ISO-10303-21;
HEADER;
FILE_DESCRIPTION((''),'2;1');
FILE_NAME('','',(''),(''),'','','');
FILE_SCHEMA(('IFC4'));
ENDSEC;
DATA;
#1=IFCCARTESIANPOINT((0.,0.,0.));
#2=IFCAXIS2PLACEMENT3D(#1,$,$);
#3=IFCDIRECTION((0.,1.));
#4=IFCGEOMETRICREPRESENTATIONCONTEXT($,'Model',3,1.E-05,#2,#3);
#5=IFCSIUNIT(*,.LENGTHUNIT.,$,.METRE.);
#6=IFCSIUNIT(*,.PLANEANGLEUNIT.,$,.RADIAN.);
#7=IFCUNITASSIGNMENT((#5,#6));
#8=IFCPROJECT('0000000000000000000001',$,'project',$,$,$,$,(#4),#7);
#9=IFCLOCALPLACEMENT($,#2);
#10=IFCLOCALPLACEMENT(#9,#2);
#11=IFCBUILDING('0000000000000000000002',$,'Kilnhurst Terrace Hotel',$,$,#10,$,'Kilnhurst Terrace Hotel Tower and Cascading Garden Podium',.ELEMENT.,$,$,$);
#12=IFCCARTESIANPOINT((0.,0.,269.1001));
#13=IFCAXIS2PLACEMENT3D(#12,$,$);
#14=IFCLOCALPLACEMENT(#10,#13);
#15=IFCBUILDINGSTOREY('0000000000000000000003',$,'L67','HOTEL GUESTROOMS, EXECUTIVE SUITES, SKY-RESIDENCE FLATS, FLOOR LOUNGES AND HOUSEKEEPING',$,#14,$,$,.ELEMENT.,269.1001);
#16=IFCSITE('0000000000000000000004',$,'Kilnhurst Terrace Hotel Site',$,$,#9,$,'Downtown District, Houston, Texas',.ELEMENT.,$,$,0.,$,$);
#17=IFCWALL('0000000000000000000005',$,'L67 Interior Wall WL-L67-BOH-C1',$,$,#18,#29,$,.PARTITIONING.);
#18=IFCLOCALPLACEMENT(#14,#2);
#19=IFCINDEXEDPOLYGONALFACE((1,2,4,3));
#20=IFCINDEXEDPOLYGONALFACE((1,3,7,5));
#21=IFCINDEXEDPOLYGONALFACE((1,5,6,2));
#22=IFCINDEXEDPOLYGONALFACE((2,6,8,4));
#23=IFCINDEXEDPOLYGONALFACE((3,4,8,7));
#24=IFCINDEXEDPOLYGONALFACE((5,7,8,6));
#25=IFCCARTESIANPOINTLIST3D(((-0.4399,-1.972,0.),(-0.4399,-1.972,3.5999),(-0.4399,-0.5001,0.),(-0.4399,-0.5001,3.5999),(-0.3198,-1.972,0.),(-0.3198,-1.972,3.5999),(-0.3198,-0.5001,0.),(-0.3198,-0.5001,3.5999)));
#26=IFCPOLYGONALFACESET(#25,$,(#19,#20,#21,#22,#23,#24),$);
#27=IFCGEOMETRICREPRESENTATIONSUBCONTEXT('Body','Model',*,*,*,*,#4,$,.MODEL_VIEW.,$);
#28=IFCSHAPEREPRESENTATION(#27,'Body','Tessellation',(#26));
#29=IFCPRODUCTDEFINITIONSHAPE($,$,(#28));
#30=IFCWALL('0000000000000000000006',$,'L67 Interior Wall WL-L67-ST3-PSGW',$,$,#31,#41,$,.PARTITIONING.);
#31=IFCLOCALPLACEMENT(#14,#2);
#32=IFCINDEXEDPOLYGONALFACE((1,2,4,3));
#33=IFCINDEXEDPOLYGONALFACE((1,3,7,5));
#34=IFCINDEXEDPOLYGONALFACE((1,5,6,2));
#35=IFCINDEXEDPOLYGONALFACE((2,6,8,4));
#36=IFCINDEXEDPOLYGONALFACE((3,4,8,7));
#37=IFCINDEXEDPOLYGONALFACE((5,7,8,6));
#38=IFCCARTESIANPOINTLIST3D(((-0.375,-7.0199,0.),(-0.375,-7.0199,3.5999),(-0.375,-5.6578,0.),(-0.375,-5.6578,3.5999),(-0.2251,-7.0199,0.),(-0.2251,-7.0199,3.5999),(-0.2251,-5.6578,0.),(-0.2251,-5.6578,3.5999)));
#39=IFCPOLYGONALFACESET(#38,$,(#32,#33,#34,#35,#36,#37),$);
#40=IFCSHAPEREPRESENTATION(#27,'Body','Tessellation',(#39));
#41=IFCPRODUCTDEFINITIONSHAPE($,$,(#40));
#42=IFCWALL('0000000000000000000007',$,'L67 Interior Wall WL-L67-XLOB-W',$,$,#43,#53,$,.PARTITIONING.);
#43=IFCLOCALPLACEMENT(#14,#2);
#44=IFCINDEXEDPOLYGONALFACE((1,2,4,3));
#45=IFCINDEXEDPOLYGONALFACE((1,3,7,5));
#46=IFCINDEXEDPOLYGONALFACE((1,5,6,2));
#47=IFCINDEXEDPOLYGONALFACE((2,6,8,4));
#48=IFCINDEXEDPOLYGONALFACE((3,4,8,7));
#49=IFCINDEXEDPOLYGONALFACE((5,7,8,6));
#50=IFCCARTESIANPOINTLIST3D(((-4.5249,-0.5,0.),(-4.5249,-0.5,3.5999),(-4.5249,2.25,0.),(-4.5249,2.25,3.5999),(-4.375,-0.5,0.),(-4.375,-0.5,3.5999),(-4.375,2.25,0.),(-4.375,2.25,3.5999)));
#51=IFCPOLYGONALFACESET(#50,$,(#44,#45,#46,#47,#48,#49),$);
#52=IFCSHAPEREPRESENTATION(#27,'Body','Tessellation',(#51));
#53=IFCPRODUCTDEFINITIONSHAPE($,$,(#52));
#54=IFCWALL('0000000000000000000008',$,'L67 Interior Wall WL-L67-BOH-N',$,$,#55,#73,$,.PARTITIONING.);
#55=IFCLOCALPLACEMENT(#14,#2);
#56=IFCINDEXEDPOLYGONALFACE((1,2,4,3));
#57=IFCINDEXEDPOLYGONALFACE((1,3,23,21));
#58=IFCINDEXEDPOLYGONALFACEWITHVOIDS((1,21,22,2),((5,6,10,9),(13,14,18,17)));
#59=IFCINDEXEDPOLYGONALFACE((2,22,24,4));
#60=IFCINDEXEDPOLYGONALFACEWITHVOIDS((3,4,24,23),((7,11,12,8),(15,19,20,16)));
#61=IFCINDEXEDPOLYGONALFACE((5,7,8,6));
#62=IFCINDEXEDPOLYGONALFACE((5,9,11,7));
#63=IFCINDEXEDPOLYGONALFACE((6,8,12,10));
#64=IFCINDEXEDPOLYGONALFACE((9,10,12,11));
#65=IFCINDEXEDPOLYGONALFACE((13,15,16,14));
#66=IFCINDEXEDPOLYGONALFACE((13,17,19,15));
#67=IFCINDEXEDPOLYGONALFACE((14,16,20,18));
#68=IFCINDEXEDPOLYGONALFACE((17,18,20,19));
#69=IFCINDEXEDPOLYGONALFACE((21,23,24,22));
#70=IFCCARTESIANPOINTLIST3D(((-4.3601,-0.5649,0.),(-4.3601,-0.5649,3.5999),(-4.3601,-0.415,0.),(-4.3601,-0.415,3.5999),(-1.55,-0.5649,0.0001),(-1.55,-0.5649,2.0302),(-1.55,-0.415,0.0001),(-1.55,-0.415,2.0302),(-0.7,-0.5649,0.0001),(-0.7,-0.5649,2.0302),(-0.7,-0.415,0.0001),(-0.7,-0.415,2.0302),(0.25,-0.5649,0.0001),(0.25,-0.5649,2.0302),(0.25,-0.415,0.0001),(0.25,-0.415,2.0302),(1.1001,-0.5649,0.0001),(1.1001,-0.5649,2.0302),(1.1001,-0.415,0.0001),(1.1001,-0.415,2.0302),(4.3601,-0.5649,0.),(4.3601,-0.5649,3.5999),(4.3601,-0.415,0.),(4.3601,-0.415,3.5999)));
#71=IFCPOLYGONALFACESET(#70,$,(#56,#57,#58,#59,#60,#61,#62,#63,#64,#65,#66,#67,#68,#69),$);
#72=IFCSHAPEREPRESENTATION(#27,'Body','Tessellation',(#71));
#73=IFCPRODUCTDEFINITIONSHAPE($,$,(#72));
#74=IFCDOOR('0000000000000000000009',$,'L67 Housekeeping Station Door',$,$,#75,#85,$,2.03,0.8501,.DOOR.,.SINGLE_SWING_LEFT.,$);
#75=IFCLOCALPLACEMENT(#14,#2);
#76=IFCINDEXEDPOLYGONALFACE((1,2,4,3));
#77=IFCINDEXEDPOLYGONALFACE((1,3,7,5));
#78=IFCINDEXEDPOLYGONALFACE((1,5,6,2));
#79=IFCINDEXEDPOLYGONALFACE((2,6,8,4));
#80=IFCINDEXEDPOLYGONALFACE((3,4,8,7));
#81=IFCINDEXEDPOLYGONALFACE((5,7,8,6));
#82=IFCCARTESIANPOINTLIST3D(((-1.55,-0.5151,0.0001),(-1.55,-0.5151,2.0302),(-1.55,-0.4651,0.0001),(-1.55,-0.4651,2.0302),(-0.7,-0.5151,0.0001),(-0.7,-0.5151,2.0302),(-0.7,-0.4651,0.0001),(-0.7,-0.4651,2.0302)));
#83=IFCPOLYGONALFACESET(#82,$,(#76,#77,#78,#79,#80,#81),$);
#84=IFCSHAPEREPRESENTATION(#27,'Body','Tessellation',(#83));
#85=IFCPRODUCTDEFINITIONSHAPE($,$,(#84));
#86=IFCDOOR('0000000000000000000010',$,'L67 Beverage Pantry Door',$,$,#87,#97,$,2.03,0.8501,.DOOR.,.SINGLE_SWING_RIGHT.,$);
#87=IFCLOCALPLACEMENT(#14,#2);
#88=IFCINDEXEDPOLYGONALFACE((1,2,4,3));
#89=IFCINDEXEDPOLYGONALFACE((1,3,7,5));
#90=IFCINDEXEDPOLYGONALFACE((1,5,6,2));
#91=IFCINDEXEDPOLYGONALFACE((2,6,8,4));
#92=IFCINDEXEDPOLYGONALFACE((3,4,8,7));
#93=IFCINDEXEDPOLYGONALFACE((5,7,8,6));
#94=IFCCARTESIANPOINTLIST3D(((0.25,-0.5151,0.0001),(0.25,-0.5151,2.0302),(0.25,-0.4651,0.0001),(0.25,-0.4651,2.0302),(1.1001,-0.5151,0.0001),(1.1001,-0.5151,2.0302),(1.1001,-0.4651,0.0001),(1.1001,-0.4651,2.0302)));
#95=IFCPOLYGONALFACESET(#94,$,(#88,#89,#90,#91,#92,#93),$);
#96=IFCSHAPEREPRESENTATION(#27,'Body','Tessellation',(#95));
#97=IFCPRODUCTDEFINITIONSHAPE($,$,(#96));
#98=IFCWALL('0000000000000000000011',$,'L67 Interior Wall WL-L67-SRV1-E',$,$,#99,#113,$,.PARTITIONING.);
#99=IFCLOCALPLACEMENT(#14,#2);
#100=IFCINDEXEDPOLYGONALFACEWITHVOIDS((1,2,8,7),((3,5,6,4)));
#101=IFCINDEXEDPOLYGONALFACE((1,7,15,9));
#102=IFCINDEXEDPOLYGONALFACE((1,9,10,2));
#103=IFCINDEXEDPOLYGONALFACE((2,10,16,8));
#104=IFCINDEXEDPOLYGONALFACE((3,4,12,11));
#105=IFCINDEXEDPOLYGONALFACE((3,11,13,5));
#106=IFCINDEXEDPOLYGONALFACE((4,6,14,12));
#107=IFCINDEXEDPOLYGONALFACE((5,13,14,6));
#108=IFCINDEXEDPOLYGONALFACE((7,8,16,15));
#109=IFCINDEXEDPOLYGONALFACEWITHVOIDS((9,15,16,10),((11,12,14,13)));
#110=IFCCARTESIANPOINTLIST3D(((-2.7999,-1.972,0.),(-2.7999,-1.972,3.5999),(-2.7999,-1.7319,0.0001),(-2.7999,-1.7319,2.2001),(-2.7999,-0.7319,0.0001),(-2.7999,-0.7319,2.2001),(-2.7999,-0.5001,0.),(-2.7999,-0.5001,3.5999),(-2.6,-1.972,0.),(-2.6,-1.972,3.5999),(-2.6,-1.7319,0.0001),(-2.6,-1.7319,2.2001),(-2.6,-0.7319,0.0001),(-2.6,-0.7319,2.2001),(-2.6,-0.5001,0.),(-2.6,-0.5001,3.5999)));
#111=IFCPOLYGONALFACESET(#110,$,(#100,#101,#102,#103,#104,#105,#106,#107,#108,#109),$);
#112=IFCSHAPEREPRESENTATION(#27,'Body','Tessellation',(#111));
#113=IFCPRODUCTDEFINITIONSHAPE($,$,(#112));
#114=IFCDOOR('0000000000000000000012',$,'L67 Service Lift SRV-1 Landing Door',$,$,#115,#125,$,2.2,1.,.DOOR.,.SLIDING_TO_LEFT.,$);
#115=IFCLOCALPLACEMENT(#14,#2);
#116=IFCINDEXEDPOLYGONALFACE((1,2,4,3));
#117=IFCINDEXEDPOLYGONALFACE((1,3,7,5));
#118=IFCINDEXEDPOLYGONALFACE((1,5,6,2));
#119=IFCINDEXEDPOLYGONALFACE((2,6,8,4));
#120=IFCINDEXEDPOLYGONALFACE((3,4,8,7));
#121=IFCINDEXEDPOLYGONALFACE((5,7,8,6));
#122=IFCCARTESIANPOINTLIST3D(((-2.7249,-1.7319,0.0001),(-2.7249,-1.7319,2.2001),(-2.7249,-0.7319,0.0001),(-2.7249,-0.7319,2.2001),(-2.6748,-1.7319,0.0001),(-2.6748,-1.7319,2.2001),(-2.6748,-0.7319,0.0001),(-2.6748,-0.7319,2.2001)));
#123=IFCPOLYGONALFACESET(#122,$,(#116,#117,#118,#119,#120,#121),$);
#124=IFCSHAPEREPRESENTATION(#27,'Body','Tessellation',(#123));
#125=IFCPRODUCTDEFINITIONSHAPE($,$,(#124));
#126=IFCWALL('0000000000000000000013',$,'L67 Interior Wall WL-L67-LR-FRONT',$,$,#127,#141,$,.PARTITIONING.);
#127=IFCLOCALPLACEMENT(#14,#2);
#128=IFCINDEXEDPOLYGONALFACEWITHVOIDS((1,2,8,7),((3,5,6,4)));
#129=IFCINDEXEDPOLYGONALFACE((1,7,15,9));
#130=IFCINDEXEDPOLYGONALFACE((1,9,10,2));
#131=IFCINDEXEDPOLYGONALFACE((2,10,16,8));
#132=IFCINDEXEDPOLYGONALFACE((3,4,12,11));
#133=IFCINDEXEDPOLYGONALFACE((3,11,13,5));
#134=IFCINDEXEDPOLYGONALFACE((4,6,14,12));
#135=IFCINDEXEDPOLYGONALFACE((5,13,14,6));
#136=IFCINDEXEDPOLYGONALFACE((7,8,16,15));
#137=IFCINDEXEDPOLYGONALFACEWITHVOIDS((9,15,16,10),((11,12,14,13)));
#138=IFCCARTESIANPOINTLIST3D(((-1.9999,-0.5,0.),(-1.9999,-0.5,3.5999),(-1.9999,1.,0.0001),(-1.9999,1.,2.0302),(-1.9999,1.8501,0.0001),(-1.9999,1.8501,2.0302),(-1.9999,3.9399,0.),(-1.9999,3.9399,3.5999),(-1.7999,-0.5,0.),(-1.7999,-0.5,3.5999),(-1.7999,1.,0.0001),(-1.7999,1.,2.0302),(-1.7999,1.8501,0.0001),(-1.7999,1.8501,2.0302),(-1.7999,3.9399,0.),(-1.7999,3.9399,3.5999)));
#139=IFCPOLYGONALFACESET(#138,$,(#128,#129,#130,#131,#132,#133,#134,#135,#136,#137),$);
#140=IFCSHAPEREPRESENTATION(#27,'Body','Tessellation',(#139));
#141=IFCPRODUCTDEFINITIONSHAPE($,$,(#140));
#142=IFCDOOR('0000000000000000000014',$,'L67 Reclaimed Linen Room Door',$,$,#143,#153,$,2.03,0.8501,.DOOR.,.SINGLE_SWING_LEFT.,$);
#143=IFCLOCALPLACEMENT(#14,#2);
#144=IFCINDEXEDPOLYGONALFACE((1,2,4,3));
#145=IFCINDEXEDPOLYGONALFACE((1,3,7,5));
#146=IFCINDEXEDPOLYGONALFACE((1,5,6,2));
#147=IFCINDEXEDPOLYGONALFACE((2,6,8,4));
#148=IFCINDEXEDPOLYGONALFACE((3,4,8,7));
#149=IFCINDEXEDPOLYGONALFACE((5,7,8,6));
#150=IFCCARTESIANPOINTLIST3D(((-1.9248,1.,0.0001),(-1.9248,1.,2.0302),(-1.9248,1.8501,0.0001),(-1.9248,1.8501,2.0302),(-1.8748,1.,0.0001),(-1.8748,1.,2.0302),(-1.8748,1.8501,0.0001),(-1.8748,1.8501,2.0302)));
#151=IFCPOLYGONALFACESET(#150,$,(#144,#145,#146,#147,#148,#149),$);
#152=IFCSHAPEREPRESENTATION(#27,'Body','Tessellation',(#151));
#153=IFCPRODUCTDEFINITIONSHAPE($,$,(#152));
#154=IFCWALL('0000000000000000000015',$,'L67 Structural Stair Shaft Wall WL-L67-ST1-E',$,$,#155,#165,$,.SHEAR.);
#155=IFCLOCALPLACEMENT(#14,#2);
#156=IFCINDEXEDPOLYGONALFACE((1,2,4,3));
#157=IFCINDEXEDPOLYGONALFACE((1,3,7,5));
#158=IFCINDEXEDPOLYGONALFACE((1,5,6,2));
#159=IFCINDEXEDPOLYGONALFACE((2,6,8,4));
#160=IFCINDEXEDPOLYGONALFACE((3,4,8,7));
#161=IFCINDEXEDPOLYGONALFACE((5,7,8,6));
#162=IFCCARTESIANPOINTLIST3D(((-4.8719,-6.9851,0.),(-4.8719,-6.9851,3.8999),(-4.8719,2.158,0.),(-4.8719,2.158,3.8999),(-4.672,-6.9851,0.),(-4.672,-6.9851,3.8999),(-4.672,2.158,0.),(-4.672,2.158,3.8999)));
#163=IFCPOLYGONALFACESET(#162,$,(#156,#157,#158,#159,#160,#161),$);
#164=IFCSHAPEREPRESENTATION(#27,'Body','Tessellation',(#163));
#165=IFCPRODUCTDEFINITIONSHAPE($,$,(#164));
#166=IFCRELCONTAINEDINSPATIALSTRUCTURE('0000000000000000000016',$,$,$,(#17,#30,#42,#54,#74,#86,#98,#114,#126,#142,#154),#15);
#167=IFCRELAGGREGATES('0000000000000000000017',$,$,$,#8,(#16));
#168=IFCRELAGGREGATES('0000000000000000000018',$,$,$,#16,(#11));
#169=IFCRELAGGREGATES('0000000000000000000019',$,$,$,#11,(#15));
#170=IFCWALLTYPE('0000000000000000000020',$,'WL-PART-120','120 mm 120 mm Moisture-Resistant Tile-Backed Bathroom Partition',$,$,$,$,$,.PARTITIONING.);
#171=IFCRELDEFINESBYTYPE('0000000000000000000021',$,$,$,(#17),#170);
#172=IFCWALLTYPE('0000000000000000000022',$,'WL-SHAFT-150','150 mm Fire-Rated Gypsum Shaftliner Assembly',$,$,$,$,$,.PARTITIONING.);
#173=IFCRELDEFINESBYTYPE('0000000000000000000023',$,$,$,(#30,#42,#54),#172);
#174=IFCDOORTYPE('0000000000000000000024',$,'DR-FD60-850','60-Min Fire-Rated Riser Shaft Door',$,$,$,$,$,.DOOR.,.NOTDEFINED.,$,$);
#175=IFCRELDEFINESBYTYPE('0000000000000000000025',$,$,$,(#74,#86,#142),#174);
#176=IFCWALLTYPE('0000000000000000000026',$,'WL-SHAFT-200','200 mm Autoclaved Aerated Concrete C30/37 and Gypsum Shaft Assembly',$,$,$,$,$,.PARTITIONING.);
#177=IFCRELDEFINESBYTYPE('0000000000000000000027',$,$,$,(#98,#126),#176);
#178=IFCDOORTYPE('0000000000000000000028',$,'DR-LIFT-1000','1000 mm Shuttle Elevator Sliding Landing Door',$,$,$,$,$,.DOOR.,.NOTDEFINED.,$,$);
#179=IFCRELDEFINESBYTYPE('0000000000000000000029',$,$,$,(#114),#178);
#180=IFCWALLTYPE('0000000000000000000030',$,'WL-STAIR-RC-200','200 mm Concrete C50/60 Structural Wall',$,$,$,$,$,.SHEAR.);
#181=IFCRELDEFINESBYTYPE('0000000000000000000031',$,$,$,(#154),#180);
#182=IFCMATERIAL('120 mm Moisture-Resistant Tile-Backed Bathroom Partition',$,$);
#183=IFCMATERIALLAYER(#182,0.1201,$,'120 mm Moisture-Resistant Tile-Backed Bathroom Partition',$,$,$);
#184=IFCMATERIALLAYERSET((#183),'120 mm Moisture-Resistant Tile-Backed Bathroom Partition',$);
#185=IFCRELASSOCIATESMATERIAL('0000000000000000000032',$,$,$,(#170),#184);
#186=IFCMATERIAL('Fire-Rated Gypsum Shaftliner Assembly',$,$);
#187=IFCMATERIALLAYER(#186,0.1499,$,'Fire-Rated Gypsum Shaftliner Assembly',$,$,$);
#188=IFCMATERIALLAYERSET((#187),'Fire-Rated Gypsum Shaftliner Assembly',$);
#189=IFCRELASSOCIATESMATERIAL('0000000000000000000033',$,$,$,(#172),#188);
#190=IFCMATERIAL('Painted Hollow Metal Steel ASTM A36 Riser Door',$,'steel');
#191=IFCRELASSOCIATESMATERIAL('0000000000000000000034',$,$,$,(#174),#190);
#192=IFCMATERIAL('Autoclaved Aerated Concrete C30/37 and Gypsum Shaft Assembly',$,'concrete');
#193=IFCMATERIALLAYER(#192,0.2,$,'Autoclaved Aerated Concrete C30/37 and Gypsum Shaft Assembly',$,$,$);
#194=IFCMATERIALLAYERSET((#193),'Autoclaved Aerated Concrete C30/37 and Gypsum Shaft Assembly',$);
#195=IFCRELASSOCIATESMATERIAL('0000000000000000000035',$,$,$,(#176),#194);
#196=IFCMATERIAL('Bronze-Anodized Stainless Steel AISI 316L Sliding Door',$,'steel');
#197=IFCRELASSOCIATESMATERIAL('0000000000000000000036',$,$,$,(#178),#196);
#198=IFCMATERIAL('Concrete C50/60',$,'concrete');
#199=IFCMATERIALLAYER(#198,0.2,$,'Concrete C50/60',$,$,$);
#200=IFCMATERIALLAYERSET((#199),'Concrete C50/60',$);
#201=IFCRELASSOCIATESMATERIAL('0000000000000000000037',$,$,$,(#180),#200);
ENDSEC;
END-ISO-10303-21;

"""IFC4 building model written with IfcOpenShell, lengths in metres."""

from ifc_helpers import new_model, si_unit, direction, frame, frame_2d, origin, place, context, subcontext, project, spatial, rectangle, extrude, material, layer, layer_set, type_object, element, fill, save


model = new_model("IFC4")

# Units and contexts
model_context = context("Model", 3, precision=1e-05, world=origin(), true_north=direction((0.0, 1.0)))
body_context = subcontext(model_context, "Body", "Model", "MODEL_VIEW")
ifc_project = project(units=[si_unit("LENGTHUNIT", "METRE"), si_unit("PLANEANGLEUNIT", "RADIAN")], contexts=[model_context])

# Site, building, storey
site_placement = place(None, origin())
site = spatial("IfcSite", under=ifc_project, at=site_placement, Name="Kilnhurst Terrace Hotel Site", LongName="Downtown District, Houston, Texas", CompositionType="ELEMENT", RefElevation=0.0)
building_placement = place(site_placement, origin())
building = spatial("IfcBuilding", under=site, at=building_placement, Name="Kilnhurst Terrace Hotel", LongName="Kilnhurst Terrace Hotel Tower and Cascading Garden Podium", CompositionType="ELEMENT")
storey_placement = place(building_placement, frame((0.0, 0.0, 269.1001)))
storey = spatial("IfcBuildingStorey", under=building, at=storey_placement, Name="L67", Description="HOTEL GUESTROOMS, EXECUTIVE SUITES, SKY-RESIDENCE FLATS, FLOOR LOUNGES AND HOUSEKEEPING", CompositionType="ELEMENT", Elevation=269.1001)

# Walls
ifc_material_1 = material(Name="120 mm Moisture-Resistant Tile-Backed Bathroom Partition")
ifc_layer_1 = layer(ifc_material_1, 0.1201, Name="120 mm Moisture-Resistant Tile-Backed Bathroom Partition")
ifc_layer_set_1 = layer_set([ifc_layer_1], Name="120 mm Moisture-Resistant Tile-Backed Bathroom Partition")
wall_type_1 = type_object("IfcWallType", Name="WL-PART-120", Description="120 mm 120 mm Moisture-Resistant Tile-Backed Bathroom Partition", PredefinedType="PARTITIONING", material=ifc_layer_set_1)
wall_1_placement = place(storey_placement, frame((-0.3799, -1.9719, 0.0), z_axis=(0.0, 0.0, 1.0), x_axis=(0.0, 1.0, 0.0)))
element("IfcWall", 1, at=wall_1_placement, inside=storey, type_object=wall_type_1, Name="L67 Interior Wall WL-L67-BOH-C1", PredefinedType="PARTITIONING", context=body_context, shape_type="SweptSolid", body=[
    extrude(rectangle(XDim=1.4719, YDim=0.1201, at=frame_2d((0.7358, 0.0))), origin(), (0.0, 0.0, 1.0), 3.5999),
])
ifc_material_2 = material(Name="Fire-Rated Gypsum Shaftliner Assembly")
ifc_layer_2 = layer(ifc_material_2, 0.1499, Name="Fire-Rated Gypsum Shaftliner Assembly")
ifc_layer_set_2 = layer_set([ifc_layer_2], Name="Fire-Rated Gypsum Shaftliner Assembly")
wall_type_2 = type_object("IfcWallType", Name="WL-SHAFT-150", Description="150 mm Fire-Rated Gypsum Shaftliner Assembly", PredefinedType="PARTITIONING", material=ifc_layer_set_2)
wall_2_placement = place(storey_placement, frame((-0.3, -7.02, 0.0), z_axis=(0.0, 0.0, 1.0), x_axis=(0.0, 1.0, 0.0)))
element("IfcWall", 2, at=wall_2_placement, inside=storey, type_object=wall_type_2, Name="L67 Interior Wall WL-L67-ST3-PSGW", PredefinedType="PARTITIONING", context=body_context, shape_type="SweptSolid", body=[
    extrude(rectangle(XDim=1.3621, YDim=0.1499, at=frame_2d((0.6812, 0.0))), origin(), (0.0, 0.0, 1.0), 3.5999),
])
wall_3_placement = place(storey_placement, frame((-4.45, -0.5, 0.0), z_axis=(0.0, 0.0, 1.0), x_axis=(0.0, 1.0, 0.0)))
element("IfcWall", 3, at=wall_3_placement, inside=storey, type_object=wall_type_2, Name="L67 Interior Wall WL-L67-XLOB-W", PredefinedType="PARTITIONING", context=body_context, shape_type="SweptSolid", body=[
    extrude(rectangle(XDim=2.75, YDim=0.1499, at=frame_2d((1.375, 0.0))), origin(), (0.0, 0.0, 1.0), 3.5999),
])

# Wall, openings, doors
wall_4_placement = place(storey_placement, frame((-4.3601, -0.49, 0.0), z_axis=(0.0, 0.0, 1.0), x_axis=(1.0, 0.0, 0.0)))
wall_4 = element("IfcWall", 4, at=wall_4_placement, inside=storey, type_object=wall_type_2, Name="L67 Interior Wall WL-L67-BOH-N", PredefinedType="PARTITIONING", context=body_context, shape_type="SweptSolid", body=[
    extrude(rectangle(XDim=8.7202, YDim=0.1499, at=frame_2d((4.3601, 0.0))), origin(), (0.0, 0.0, 1.0), 3.5999),
])
opening_1_placement = place(wall_4_placement, frame((2.8101, 0.0, 0.0)))
opening_1 = element("IfcOpeningElement", 5, at=opening_1_placement, cuts=wall_4, PredefinedType="OPENING", context=body_context, shape_type="SweptSolid", body=[
    extrude(rectangle(XDim=0.8501, YDim=2.03, at=frame_2d((0.425, 1.0151))), frame((0.0, 0.085, 0.0), z_axis=(0.0, -1.0, 0.0), x_axis=(1.0, 0.0, 0.0)), (0.0, 0.0, 1.0), 0.1699),
])
opening_2_placement = place(wall_4_placement, frame((4.6101, 0.0, 0.0)))
opening_2 = element("IfcOpeningElement", 6, at=opening_2_placement, cuts=wall_4, PredefinedType="OPENING", context=body_context, shape_type="SweptSolid", body=[
    extrude(rectangle(XDim=0.8501, YDim=2.03, at=frame_2d((0.425, 1.0151))), frame((0.0, 0.085, 0.0), z_axis=(0.0, -1.0, 0.0), x_axis=(1.0, 0.0, 0.0)), (0.0, 0.0, 1.0), 0.1699),
])
ifc_material_3 = material(Name="Painted Hollow Metal Steel ASTM A36 Riser Door", Category="steel")
door_type_1 = type_object("IfcDoorType", Name="DR-FD60-850", Description="60-Min Fire-Rated Riser Shaft Door", OperationType="NOTDEFINED", PredefinedType="DOOR", material=ifc_material_3)
door_1_placement = place(opening_1_placement, origin())
door_1 = element("IfcDoor", 7, at=door_1_placement, inside=storey, type_object=door_type_1, Name="L67 Housekeeping Station Door", OperationType="SINGLE_SWING_LEFT", OverallHeight=2.03, OverallWidth=0.8501, PredefinedType="DOOR", context=body_context, shape_type="SweptSolid", body=[
    extrude(rectangle(XDim=0.8501, YDim=2.03, at=frame_2d((0.425, 1.0151))), frame((0.0, 0.0249, 0.0), z_axis=(0.0, -1.0, 0.0), x_axis=(1.0, 0.0, 0.0)), (0.0, 0.0, 1.0), 0.05),
])
fill(opening_1, door_1)
door_2_placement = place(opening_2_placement, origin())
door_2 = element("IfcDoor", 8, at=door_2_placement, inside=storey, type_object=door_type_1, Name="L67 Beverage Pantry Door", OperationType="SINGLE_SWING_RIGHT", OverallHeight=2.03, OverallWidth=0.8501, PredefinedType="DOOR", context=body_context, shape_type="SweptSolid", body=[
    extrude(rectangle(XDim=0.8501, YDim=2.03, at=frame_2d((0.425, 1.0151))), frame((0.0, 0.0249, 0.0), z_axis=(0.0, -1.0, 0.0), x_axis=(1.0, 0.0, 0.0)), (0.0, 0.0, 1.0), 0.05),
])
fill(opening_2, door_2)

# Walls, openings, doors
ifc_material_4 = material(Name="Autoclaved Aerated Concrete C30/37 and Gypsum Shaft Assembly", Category="concrete")
ifc_layer_3 = layer(ifc_material_4, 0.2, Name="Autoclaved Aerated Concrete C30/37 and Gypsum Shaft Assembly")
ifc_layer_set_3 = layer_set([ifc_layer_3], Name="Autoclaved Aerated Concrete C30/37 and Gypsum Shaft Assembly")
wall_type_3 = type_object("IfcWallType", Name="WL-SHAFT-200", Description="200 mm Autoclaved Aerated Concrete C30/37 and Gypsum Shaft Assembly", PredefinedType="PARTITIONING", material=ifc_layer_set_3)
wall_5_placement = place(storey_placement, frame((-2.7, -1.9719, 0.0), z_axis=(0.0, 0.0, 1.0), x_axis=(0.0, 1.0, 0.0)))
wall_5 = element("IfcWall", 9, at=wall_5_placement, inside=storey, type_object=wall_type_3, Name="L67 Interior Wall WL-L67-SRV1-E", PredefinedType="PARTITIONING", context=body_context, shape_type="SweptSolid", body=[
    extrude(rectangle(XDim=1.4719, YDim=0.2, at=frame_2d((0.7358, 0.0))), origin(), (0.0, 0.0, 1.0), 3.5999),
])
opening_3_placement = place(wall_5_placement, frame((0.24, 0.0, 0.0)))
opening_3 = element("IfcOpeningElement", 10, at=opening_3_placement, cuts=wall_5, PredefinedType="OPENING", context=body_context, shape_type="SweptSolid", body=[
    extrude(rectangle(XDim=1.0, YDim=2.2, at=frame_2d((0.5, 1.1001))), frame((0.0, 0.1099, 0.0), z_axis=(0.0, -1.0, 0.0), x_axis=(1.0, 0.0, 0.0)), (0.0, 0.0, 1.0), 0.22),
])
ifc_material_5 = material(Name="Bronze-Anodized Stainless Steel AISI 316L Sliding Door", Category="steel")
door_type_2 = type_object("IfcDoorType", Name="DR-LIFT-1000", Description="1000 mm Shuttle Elevator Sliding Landing Door", OperationType="NOTDEFINED", PredefinedType="DOOR", material=ifc_material_5)
door_3_placement = place(opening_3_placement, origin())
door_3 = element("IfcDoor", 11, at=door_3_placement, inside=storey, type_object=door_type_2, Name="L67 Service Lift SRV-1 Landing Door", OperationType="SLIDING_TO_LEFT", OverallHeight=2.2, OverallWidth=1.0, PredefinedType="DOOR", context=body_context, shape_type="SweptSolid", body=[
    extrude(rectangle(XDim=1.0, YDim=2.2, at=frame_2d((0.5, 1.1001))), frame((0.0, 0.0249, 0.0), z_axis=(0.0, -1.0, 0.0), x_axis=(1.0, 0.0, 0.0)), (0.0, 0.0, 1.0), 0.05),
])
fill(opening_3, door_3)
wall_6_placement = place(storey_placement, frame((-1.8999, -0.5, 0.0), z_axis=(0.0, 0.0, 1.0), x_axis=(0.0, 1.0, 0.0)))
wall_6 = element("IfcWall", 12, at=wall_6_placement, inside=storey, type_object=wall_type_3, Name="L67 Interior Wall WL-L67-LR-FRONT", PredefinedType="PARTITIONING", context=body_context, shape_type="SweptSolid", body=[
    extrude(rectangle(XDim=4.4399, YDim=0.2, at=frame_2d((2.22, 0.0))), origin(), (0.0, 0.0, 1.0), 3.5999),
])
opening_4_placement = place(wall_6_placement, frame((1.5, 0.0, 0.0)))
opening_4 = element("IfcOpeningElement", 13, at=opening_4_placement, cuts=wall_6, PredefinedType="OPENING", context=body_context, shape_type="SweptSolid", body=[
    extrude(rectangle(XDim=0.8501, YDim=2.03, at=frame_2d((0.425, 1.0151))), frame((0.0, 0.1099, 0.0), z_axis=(0.0, -1.0, 0.0), x_axis=(1.0, 0.0, 0.0)), (0.0, 0.0, 1.0), 0.22),
])
door_4_placement = place(opening_4_placement, origin())
door_4 = element("IfcDoor", 14, at=door_4_placement, inside=storey, type_object=door_type_1, Name="L67 Reclaimed Linen Room Door", OperationType="SINGLE_SWING_LEFT", OverallHeight=2.03, OverallWidth=0.8501, PredefinedType="DOOR", context=body_context, shape_type="SweptSolid", body=[
    extrude(rectangle(XDim=0.8501, YDim=2.03, at=frame_2d((0.425, 1.0151))), frame((0.0, 0.0249, 0.0), z_axis=(0.0, -1.0, 0.0), x_axis=(1.0, 0.0, 0.0)), (0.0, 0.0, 1.0), 0.05),
])
fill(opening_4, door_4)

# Wall
ifc_material_6 = material(Name="Concrete C50/60", Category="concrete")
ifc_layer_4 = layer(ifc_material_6, 0.2, Name="Concrete C50/60")
ifc_layer_set_4 = layer_set([ifc_layer_4], Name="Concrete C50/60")
wall_type_4 = type_object("IfcWallType", Name="WL-STAIR-RC-200", Description="200 mm Concrete C50/60 Structural Wall", PredefinedType="SHEAR", material=ifc_layer_set_4)
wall_7_placement = place(storey_placement, frame((-4.772, -6.9851, 0.0), z_axis=(0.0, 0.0, 1.0), x_axis=(0.0, 1.0, 0.0)))
element("IfcWall", 15, at=wall_7_placement, inside=storey, type_object=wall_type_4, Name="L67 Structural Stair Shaft Wall WL-L67-ST1-E", PredefinedType="SHEAR", context=body_context, shape_type="SweptSolid", body=[
    extrude(rectangle(XDim=9.1431, YDim=0.2, at=frame_2d((4.5715, 0.0))), origin(), (0.0, 0.0, 1.0), 3.8999),
])

save(model, "model.ifc")
